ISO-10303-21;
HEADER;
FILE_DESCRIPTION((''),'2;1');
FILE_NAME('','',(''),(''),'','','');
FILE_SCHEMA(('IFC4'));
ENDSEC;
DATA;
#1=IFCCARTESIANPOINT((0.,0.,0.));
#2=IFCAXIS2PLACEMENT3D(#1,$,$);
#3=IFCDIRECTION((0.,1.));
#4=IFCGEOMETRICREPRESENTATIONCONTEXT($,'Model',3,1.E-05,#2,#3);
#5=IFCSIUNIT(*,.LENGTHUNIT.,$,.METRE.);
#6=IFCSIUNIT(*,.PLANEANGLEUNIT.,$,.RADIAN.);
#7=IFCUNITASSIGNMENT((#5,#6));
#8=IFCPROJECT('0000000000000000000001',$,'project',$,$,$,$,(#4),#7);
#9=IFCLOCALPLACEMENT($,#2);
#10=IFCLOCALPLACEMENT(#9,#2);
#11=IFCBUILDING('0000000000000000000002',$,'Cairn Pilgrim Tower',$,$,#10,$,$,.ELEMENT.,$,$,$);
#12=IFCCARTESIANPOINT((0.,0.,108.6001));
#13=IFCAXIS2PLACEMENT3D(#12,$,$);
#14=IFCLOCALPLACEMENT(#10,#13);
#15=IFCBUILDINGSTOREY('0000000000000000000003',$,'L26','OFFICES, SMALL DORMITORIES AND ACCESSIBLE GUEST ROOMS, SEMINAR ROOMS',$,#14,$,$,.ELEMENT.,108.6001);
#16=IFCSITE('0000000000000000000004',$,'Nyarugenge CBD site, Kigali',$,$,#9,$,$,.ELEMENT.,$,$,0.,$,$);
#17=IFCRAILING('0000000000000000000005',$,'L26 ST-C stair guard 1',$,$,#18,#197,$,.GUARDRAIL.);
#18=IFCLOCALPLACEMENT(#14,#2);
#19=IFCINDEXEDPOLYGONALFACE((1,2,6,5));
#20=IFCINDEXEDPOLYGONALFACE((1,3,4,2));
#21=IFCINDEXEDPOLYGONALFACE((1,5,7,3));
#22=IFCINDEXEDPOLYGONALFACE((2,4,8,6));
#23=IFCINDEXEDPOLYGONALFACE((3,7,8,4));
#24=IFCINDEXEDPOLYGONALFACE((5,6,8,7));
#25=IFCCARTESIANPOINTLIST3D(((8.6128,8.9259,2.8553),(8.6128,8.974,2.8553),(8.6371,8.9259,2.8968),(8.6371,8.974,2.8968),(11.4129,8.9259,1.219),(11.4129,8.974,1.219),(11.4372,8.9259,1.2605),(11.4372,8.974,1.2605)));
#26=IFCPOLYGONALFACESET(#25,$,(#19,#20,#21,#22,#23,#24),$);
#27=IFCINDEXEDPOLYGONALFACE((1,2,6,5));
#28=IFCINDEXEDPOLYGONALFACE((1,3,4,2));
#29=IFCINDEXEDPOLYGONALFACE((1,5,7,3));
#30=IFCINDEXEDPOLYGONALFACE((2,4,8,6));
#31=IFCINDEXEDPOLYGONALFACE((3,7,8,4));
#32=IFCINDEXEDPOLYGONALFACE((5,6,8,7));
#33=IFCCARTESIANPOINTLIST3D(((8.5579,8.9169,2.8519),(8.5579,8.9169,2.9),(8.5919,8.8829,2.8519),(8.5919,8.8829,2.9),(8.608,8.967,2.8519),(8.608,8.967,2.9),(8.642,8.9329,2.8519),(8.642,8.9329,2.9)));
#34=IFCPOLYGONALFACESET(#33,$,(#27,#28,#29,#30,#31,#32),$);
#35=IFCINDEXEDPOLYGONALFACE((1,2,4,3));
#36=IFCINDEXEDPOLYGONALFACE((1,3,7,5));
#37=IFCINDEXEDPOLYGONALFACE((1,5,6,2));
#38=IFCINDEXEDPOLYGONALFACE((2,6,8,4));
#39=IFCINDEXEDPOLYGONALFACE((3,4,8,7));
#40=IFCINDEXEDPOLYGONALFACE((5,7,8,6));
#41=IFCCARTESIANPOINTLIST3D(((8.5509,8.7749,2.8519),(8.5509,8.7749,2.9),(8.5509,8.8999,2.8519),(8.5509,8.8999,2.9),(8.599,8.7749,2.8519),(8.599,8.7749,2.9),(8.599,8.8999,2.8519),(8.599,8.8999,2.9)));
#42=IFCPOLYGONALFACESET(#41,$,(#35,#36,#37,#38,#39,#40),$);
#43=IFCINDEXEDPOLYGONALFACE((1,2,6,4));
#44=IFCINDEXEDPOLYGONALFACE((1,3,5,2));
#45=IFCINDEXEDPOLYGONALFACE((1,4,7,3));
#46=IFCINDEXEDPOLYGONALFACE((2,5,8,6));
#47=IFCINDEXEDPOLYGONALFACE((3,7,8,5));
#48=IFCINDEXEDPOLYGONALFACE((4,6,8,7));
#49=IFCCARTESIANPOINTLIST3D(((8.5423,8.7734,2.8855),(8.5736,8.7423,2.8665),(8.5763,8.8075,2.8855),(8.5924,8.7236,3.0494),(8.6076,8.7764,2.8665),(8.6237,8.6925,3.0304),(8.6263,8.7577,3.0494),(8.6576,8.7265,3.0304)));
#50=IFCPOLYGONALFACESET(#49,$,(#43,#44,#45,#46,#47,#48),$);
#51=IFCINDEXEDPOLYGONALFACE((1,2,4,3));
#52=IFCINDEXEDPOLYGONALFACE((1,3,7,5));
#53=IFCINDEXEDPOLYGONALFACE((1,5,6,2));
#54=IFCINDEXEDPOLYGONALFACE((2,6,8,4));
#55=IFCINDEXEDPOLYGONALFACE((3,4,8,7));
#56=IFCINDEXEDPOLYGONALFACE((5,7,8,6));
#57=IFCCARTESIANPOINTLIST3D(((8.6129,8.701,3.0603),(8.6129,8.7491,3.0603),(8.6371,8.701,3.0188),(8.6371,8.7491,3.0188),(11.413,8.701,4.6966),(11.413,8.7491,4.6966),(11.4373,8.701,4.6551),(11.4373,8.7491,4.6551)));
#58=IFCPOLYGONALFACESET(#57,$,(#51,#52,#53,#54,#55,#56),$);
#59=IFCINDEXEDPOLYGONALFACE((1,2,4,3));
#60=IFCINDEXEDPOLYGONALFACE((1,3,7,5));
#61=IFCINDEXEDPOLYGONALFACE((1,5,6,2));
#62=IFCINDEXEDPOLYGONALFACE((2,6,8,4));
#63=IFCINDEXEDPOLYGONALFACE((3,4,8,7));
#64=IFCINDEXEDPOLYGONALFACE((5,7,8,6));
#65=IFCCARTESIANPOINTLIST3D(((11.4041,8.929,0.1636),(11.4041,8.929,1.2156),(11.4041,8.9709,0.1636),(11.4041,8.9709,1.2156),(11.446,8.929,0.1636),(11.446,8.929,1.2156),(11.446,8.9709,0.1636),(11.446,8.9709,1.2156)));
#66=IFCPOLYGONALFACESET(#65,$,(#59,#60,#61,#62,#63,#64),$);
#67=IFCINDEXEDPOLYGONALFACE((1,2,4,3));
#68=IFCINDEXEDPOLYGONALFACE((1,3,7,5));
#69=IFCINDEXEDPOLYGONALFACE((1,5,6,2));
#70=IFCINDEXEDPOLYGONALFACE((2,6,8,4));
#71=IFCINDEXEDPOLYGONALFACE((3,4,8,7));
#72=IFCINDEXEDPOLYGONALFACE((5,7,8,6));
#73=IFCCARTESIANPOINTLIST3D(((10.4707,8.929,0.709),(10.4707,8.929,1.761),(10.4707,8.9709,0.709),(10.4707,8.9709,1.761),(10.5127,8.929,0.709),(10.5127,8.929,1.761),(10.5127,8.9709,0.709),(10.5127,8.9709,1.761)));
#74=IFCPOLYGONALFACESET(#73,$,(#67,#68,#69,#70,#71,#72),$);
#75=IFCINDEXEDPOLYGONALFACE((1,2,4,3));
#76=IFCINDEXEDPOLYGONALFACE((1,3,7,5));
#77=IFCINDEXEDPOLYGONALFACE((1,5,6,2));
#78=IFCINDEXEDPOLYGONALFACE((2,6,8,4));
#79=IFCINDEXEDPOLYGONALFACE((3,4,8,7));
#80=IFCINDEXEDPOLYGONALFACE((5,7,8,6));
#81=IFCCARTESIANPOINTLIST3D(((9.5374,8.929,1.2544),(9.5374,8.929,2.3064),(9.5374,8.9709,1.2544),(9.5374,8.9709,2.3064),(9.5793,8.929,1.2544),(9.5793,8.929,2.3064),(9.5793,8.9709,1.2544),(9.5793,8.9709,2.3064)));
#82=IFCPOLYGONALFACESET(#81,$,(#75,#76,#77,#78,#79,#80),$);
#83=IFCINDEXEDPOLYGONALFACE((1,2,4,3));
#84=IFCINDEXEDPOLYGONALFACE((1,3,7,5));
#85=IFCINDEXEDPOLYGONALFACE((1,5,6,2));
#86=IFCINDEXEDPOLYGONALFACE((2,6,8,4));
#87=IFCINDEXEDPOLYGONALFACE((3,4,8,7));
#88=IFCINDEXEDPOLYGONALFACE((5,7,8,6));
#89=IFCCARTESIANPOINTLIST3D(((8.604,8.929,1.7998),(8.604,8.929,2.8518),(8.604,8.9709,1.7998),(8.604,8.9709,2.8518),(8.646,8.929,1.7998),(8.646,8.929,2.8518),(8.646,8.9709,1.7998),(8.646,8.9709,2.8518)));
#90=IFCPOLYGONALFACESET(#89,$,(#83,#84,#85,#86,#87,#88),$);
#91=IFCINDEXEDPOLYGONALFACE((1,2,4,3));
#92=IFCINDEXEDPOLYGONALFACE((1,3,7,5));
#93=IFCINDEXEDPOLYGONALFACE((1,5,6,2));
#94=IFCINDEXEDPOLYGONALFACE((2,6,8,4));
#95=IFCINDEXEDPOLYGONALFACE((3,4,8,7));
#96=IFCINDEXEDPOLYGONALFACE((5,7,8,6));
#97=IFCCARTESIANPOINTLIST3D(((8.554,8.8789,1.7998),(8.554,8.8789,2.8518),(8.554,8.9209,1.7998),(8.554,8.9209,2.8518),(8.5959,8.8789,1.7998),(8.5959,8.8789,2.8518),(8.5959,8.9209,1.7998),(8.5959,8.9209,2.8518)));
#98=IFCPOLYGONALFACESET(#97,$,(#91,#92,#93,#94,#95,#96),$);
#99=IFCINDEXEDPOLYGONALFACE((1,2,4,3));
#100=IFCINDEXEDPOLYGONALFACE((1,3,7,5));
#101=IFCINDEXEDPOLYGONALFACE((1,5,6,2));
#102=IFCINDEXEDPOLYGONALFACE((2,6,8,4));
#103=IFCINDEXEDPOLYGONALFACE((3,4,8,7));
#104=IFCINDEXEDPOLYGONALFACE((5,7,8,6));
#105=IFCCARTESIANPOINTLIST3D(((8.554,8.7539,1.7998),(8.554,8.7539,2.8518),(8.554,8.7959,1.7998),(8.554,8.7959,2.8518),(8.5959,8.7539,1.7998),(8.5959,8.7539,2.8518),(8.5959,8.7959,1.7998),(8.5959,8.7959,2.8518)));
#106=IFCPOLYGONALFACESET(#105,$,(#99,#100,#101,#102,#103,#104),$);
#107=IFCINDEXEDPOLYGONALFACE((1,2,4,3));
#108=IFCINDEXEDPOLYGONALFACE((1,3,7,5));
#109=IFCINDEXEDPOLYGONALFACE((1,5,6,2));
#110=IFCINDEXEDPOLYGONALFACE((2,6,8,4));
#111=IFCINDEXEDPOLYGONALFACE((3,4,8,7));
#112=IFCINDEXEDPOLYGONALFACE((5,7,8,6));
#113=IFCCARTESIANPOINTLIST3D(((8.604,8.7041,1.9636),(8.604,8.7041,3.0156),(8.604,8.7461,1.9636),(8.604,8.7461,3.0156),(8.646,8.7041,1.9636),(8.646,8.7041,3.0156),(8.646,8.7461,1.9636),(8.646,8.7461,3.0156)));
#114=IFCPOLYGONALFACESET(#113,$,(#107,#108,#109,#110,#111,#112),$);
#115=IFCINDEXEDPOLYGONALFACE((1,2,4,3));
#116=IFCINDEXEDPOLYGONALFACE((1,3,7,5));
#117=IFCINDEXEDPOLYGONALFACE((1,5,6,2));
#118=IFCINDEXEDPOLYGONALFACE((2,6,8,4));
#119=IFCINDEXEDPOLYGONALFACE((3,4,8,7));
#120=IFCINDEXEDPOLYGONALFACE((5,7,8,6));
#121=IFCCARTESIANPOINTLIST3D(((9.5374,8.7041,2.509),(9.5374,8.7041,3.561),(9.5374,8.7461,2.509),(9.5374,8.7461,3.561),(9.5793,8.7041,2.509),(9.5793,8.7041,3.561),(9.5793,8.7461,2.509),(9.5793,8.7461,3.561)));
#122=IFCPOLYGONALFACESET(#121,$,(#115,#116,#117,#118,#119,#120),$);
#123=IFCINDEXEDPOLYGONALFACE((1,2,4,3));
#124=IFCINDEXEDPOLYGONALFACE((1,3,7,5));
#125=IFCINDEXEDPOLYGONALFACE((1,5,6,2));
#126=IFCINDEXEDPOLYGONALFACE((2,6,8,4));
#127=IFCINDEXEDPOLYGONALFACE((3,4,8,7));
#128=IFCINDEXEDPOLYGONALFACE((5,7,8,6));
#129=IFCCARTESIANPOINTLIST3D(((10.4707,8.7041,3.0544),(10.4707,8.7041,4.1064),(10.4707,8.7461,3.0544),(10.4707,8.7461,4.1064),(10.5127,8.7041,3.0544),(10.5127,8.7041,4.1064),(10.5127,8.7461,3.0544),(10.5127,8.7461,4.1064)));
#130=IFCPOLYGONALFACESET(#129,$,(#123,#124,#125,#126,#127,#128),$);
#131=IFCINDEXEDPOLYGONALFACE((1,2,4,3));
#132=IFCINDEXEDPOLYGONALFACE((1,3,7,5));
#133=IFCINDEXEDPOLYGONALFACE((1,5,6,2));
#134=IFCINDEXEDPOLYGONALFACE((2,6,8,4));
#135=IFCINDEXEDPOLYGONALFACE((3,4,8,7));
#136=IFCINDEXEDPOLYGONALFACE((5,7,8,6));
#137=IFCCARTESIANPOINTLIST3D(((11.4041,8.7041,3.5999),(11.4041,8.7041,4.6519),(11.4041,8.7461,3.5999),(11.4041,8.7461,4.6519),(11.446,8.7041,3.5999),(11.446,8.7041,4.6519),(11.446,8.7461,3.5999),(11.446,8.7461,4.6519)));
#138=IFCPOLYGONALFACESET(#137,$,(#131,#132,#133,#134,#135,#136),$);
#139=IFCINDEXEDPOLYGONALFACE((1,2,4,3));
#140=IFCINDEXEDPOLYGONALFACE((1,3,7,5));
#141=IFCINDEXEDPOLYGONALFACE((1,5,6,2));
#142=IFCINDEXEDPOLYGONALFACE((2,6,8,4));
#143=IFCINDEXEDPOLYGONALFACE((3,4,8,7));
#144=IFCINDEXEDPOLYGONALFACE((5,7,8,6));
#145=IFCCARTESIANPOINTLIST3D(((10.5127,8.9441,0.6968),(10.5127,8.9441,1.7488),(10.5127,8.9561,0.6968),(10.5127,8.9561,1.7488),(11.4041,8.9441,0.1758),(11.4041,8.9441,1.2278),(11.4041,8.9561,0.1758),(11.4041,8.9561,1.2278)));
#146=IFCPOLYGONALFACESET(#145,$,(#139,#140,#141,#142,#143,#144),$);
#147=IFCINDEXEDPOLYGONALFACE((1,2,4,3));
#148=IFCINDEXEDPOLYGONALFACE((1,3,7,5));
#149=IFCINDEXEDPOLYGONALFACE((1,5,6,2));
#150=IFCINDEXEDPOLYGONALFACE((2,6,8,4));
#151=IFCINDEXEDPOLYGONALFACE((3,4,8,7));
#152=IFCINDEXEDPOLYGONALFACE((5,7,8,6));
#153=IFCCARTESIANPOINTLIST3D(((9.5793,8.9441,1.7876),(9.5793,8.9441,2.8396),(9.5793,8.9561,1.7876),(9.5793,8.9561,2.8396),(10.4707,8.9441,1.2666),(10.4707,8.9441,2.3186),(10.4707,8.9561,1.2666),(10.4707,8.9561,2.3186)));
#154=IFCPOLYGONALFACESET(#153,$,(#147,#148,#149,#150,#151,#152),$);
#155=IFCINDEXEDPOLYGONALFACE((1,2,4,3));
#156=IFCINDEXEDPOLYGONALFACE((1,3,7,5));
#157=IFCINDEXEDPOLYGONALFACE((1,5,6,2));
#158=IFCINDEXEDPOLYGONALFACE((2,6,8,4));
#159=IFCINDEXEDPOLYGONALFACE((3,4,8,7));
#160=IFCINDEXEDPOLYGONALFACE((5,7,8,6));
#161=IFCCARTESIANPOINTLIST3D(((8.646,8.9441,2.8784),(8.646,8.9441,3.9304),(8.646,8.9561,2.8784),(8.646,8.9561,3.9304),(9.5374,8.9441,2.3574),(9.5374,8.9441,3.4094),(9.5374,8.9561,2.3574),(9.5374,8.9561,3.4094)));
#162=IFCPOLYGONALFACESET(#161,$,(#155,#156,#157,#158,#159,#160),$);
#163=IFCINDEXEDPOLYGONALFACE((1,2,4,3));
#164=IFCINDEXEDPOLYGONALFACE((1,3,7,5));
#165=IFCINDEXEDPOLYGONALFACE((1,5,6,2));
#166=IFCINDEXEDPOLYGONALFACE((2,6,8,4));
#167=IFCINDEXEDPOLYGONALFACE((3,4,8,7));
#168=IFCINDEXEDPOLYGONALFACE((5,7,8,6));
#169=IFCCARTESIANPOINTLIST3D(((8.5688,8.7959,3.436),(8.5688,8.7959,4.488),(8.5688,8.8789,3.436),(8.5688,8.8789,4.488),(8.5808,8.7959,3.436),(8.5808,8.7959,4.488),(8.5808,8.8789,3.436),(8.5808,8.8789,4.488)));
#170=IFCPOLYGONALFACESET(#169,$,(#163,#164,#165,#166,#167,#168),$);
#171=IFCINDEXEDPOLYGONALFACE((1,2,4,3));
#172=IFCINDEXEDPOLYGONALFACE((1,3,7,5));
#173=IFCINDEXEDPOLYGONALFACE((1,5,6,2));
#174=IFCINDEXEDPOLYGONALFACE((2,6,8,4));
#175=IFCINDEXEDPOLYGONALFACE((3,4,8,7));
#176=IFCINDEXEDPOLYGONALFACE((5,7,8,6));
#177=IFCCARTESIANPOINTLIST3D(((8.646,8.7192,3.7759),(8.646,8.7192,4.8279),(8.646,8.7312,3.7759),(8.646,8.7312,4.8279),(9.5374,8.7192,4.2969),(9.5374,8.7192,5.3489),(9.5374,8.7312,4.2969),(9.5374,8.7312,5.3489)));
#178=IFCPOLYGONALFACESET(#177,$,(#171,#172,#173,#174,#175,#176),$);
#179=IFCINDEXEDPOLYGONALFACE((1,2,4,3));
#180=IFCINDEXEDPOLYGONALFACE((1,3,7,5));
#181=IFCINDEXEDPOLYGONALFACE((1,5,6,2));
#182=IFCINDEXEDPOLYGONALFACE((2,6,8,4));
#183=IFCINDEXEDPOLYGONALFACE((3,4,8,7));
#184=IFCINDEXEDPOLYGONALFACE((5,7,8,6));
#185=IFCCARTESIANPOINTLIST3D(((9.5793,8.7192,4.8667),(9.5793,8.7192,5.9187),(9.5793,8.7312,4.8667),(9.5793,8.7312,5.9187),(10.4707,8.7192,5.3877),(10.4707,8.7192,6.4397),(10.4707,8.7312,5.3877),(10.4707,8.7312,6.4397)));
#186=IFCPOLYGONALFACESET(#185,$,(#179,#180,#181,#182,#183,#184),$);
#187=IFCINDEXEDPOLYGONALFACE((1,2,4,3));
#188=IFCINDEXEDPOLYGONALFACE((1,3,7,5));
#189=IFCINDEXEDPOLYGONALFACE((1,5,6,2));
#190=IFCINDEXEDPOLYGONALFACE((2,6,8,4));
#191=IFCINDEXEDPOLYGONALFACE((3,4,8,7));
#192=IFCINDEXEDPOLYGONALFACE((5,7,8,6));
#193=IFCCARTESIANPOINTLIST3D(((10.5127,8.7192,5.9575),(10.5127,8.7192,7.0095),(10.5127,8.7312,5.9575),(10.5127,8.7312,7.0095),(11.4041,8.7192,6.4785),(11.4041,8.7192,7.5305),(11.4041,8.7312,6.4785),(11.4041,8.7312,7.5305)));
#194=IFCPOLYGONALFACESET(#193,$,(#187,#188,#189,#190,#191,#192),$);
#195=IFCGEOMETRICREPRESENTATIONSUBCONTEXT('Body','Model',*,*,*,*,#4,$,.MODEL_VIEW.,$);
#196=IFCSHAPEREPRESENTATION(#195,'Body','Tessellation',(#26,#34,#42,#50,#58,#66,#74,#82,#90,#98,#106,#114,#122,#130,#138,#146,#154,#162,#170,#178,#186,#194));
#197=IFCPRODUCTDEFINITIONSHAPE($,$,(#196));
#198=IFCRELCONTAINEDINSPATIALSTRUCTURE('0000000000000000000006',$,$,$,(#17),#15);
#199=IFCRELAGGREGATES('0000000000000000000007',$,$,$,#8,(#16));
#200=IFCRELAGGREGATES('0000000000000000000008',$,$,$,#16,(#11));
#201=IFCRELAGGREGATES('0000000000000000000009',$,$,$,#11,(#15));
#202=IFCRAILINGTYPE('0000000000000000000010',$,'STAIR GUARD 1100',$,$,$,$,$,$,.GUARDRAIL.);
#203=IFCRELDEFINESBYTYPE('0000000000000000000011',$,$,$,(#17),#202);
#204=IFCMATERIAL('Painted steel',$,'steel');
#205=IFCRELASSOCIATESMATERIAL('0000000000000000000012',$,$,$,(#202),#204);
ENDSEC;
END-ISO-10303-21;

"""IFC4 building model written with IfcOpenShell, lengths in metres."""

from ifc_helpers import new_model, si_unit, direction, frame, origin, origin_2d, place, context, subcontext, project, spatial, polyline, rectangle, outline, extrude, material, type_object, element, save


model = new_model("IFC4")

# Units and contexts
model_context = context("Model", 3, precision=1e-05, world=origin(), true_north=direction((0.0, 1.0)))
body_context = subcontext(model_context, "Body", "Model", "MODEL_VIEW")
ifc_project = project(units=[si_unit("LENGTHUNIT", "METRE"), si_unit("PLANEANGLEUNIT", "RADIAN")], contexts=[model_context])

# Site, building, storey
site_placement = place(None, origin())
site = spatial("IfcSite", under=ifc_project, at=site_placement, Name="Nyarugenge CBD site, Kigali", CompositionType="ELEMENT", RefElevation=0.0)
building_placement = place(site_placement, origin())
building = spatial("IfcBuilding", under=site, at=building_placement, Name="Cairn Pilgrim Tower", CompositionType="ELEMENT")
storey_placement = place(building_placement, frame((0.0, 0.0, 108.6001)))
storey = spatial("IfcBuildingStorey", under=building, at=storey_placement, Name="L26", Description="OFFICES, SMALL DORMITORIES AND ACCESSIBLE GUEST ROOMS, SEMINAR ROOMS", CompositionType="ELEMENT", Elevation=108.6001)

# Shared definitions
ifc_material_1 = material(Name="Painted steel", Category="steel")

# Railing
railing_type_1 = type_object("IfcRailingType", Name="STAIR GUARD 1100", PredefinedType="GUARDRAIL", material=ifc_material_1)
railing_1_placement = place(storey_placement, frame((11.425, 8.95, 0.1636)))
element("IfcRailing", 1, at=railing_1_placement, inside=storey, type_object=railing_type_1, Name="L26 ST-C stair guard 1", PredefinedType="GUARDRAIL", context=body_context, shape_type="SweptSolid", body=[
    extrude(rectangle(XDim=0.0481, YDim=0.0481, at=origin_2d()), frame((0.0, 0.0, 1.0762), z_axis=(-0.863394, 0.0, 0.504531), x_axis=(0.0, -1.0, 0.0)), (0.0, 0.0, 1.0), 3.2432),
    extrude(rectangle(XDim=0.0481, YDim=0.0481, at=origin_2d()), frame((-2.8, 0.0, 2.7124), z_axis=(-0.707107, -0.707107, 0.0), x_axis=(0.707107, -0.707107, 0.0)), (0.0, 0.0, 1.0), 0.0708),
    extrude(rectangle(XDim=0.0481, YDim=0.0481, at=origin_2d()), frame((-2.8501, -0.05, 2.7124), z_axis=(0.0, -1.0, 0.0), x_axis=(1.0, 0.0, 0.0)), (0.0, 0.0, 1.0), 0.125),
    extrude(rectangle(XDim=0.0481, YDim=0.0481, at=origin_2d()), frame((-2.8501, -0.175, 2.7124), z_axis=(0.280564, -0.279195, 0.918332), x_axis=(0.705376, 0.708834, 0.0)), (0.0, 0.0, 1.0), 0.1785),
    extrude(rectangle(XDim=0.0481, YDim=0.0481, at=origin_2d()), frame((-2.8, -0.2249, 2.876), z_axis=(0.863394, 0.0, 0.504531), x_axis=(0.0, 1.0, 0.0)), (0.0, 0.0, 1.0), 3.2432),
    extrude(rectangle(XDim=0.042, YDim=0.042, at=origin_2d()), origin(), (0.0, 0.0, 1.0), 1.052),
    extrude(rectangle(XDim=0.042, YDim=0.042, at=origin_2d()), frame((-0.9333, 0.0, 0.5454)), (0.0, 0.0, 1.0), 1.052),
    extrude(rectangle(XDim=0.042, YDim=0.042, at=origin_2d()), frame((-1.8667, 0.0, 1.0908)), (0.0, 0.0, 1.0), 1.052),
    extrude(rectangle(XDim=0.042, YDim=0.042, at=origin_2d()), frame((-2.8, 0.0, 1.6362)), (0.0, 0.0, 1.0), 1.052),
    extrude(rectangle(XDim=0.042, YDim=0.042, at=origin_2d()), frame((-2.8501, -0.05, 1.6362)), (0.0, 0.0, 1.0), 1.052),
    extrude(rectangle(XDim=0.042, YDim=0.042, at=origin_2d()), frame((-2.8501, -0.175, 1.6362)), (0.0, 0.0, 1.0), 1.052),
    extrude(rectangle(XDim=0.042, YDim=0.042, at=origin_2d()), frame((-2.8, -0.2249, 1.8)), (0.0, 0.0, 1.0), 1.052),
    extrude(rectangle(XDim=0.042, YDim=0.042, at=origin_2d()), frame((-1.8667, -0.2249, 2.3455)), (0.0, 0.0, 1.0), 1.052),
    extrude(rectangle(XDim=0.042, YDim=0.042, at=origin_2d()), frame((-0.9333, -0.2249, 2.8909)), (0.0, 0.0, 1.0), 1.052),
    extrude(rectangle(XDim=0.042, YDim=0.042, at=origin_2d()), frame((0.0, -0.2249, 3.4363)), (0.0, 0.0, 1.0), 1.052),
    extrude(outline(polyline([(0.021, 0.0122), (0.9124, 0.5332), (0.9124, 1.5852), (0.021, 1.0642), (0.021, 0.0122)])), frame((0.0, -0.0059, 0.0), z_axis=(0.0, 1.0, 0.0), x_axis=(-1.0, 0.0, 0.0)), (0.0, 0.0, 1.0), 0.012),
    extrude(outline(polyline([(0.021, 0.5576), (0.9124, 1.0786), (0.9124, 2.1306), (0.021, 1.6096), (0.021, 0.5576)])), frame((-0.9333, -0.0059, 0.5454), z_axis=(0.0, 1.0, 0.0), x_axis=(-1.0, 0.0, 0.0)), (0.0, 0.0, 1.0), 0.012),
    extrude(outline(polyline([(0.021, 1.103), (0.9124, 1.624), (0.9124, 2.676), (0.021, 2.155), (0.021, 1.103)])), frame((-1.8667, -0.0059, 1.0908), z_axis=(0.0, 1.0, 0.0), x_axis=(-1.0, 0.0, 0.0)), (0.0, 0.0, 1.0), 0.012),
    extrude(outline(polyline([(0.021, 1.6362), (0.104, 1.6362), (0.104, 2.6882), (0.021, 2.6882), (0.021, 1.6362)])), frame((-2.8442, -0.05, 1.6362), z_axis=(-1.0, 0.0, 0.0), x_axis=(0.0, -1.0, 0.0)), (0.0, 0.0, 1.0), 0.012),
    extrude(outline(polyline([(0.021, 1.8123), (0.9124, 2.3333), (0.9124, 3.3853), (0.021, 2.8643), (0.021, 1.8123)])), frame((-2.8, -0.2188, 1.8), z_axis=(0.0, -1.0, 0.0), x_axis=(1.0, 0.0, 0.0)), (0.0, 0.0, 1.0), 0.012),
    extrude(outline(polyline([(0.021, 2.3577), (0.9124, 2.8787), (0.9124, 3.9307), (0.021, 3.4097), (0.021, 2.3577)])), frame((-1.8667, -0.2188, 2.3455), z_axis=(0.0, -1.0, 0.0), x_axis=(1.0, 0.0, 0.0)), (0.0, 0.0, 1.0), 0.012),
    extrude(outline(polyline([(0.021, 2.9031), (0.9124, 3.4241), (0.9124, 4.4761), (0.021, 3.9551), (0.021, 2.9031)])), frame((-0.9333, -0.2188, 2.8909), z_axis=(0.0, -1.0, 0.0), x_axis=(1.0, 0.0, 0.0)), (0.0, 0.0, 1.0), 0.012),
])

save(model, "model.ifc")
